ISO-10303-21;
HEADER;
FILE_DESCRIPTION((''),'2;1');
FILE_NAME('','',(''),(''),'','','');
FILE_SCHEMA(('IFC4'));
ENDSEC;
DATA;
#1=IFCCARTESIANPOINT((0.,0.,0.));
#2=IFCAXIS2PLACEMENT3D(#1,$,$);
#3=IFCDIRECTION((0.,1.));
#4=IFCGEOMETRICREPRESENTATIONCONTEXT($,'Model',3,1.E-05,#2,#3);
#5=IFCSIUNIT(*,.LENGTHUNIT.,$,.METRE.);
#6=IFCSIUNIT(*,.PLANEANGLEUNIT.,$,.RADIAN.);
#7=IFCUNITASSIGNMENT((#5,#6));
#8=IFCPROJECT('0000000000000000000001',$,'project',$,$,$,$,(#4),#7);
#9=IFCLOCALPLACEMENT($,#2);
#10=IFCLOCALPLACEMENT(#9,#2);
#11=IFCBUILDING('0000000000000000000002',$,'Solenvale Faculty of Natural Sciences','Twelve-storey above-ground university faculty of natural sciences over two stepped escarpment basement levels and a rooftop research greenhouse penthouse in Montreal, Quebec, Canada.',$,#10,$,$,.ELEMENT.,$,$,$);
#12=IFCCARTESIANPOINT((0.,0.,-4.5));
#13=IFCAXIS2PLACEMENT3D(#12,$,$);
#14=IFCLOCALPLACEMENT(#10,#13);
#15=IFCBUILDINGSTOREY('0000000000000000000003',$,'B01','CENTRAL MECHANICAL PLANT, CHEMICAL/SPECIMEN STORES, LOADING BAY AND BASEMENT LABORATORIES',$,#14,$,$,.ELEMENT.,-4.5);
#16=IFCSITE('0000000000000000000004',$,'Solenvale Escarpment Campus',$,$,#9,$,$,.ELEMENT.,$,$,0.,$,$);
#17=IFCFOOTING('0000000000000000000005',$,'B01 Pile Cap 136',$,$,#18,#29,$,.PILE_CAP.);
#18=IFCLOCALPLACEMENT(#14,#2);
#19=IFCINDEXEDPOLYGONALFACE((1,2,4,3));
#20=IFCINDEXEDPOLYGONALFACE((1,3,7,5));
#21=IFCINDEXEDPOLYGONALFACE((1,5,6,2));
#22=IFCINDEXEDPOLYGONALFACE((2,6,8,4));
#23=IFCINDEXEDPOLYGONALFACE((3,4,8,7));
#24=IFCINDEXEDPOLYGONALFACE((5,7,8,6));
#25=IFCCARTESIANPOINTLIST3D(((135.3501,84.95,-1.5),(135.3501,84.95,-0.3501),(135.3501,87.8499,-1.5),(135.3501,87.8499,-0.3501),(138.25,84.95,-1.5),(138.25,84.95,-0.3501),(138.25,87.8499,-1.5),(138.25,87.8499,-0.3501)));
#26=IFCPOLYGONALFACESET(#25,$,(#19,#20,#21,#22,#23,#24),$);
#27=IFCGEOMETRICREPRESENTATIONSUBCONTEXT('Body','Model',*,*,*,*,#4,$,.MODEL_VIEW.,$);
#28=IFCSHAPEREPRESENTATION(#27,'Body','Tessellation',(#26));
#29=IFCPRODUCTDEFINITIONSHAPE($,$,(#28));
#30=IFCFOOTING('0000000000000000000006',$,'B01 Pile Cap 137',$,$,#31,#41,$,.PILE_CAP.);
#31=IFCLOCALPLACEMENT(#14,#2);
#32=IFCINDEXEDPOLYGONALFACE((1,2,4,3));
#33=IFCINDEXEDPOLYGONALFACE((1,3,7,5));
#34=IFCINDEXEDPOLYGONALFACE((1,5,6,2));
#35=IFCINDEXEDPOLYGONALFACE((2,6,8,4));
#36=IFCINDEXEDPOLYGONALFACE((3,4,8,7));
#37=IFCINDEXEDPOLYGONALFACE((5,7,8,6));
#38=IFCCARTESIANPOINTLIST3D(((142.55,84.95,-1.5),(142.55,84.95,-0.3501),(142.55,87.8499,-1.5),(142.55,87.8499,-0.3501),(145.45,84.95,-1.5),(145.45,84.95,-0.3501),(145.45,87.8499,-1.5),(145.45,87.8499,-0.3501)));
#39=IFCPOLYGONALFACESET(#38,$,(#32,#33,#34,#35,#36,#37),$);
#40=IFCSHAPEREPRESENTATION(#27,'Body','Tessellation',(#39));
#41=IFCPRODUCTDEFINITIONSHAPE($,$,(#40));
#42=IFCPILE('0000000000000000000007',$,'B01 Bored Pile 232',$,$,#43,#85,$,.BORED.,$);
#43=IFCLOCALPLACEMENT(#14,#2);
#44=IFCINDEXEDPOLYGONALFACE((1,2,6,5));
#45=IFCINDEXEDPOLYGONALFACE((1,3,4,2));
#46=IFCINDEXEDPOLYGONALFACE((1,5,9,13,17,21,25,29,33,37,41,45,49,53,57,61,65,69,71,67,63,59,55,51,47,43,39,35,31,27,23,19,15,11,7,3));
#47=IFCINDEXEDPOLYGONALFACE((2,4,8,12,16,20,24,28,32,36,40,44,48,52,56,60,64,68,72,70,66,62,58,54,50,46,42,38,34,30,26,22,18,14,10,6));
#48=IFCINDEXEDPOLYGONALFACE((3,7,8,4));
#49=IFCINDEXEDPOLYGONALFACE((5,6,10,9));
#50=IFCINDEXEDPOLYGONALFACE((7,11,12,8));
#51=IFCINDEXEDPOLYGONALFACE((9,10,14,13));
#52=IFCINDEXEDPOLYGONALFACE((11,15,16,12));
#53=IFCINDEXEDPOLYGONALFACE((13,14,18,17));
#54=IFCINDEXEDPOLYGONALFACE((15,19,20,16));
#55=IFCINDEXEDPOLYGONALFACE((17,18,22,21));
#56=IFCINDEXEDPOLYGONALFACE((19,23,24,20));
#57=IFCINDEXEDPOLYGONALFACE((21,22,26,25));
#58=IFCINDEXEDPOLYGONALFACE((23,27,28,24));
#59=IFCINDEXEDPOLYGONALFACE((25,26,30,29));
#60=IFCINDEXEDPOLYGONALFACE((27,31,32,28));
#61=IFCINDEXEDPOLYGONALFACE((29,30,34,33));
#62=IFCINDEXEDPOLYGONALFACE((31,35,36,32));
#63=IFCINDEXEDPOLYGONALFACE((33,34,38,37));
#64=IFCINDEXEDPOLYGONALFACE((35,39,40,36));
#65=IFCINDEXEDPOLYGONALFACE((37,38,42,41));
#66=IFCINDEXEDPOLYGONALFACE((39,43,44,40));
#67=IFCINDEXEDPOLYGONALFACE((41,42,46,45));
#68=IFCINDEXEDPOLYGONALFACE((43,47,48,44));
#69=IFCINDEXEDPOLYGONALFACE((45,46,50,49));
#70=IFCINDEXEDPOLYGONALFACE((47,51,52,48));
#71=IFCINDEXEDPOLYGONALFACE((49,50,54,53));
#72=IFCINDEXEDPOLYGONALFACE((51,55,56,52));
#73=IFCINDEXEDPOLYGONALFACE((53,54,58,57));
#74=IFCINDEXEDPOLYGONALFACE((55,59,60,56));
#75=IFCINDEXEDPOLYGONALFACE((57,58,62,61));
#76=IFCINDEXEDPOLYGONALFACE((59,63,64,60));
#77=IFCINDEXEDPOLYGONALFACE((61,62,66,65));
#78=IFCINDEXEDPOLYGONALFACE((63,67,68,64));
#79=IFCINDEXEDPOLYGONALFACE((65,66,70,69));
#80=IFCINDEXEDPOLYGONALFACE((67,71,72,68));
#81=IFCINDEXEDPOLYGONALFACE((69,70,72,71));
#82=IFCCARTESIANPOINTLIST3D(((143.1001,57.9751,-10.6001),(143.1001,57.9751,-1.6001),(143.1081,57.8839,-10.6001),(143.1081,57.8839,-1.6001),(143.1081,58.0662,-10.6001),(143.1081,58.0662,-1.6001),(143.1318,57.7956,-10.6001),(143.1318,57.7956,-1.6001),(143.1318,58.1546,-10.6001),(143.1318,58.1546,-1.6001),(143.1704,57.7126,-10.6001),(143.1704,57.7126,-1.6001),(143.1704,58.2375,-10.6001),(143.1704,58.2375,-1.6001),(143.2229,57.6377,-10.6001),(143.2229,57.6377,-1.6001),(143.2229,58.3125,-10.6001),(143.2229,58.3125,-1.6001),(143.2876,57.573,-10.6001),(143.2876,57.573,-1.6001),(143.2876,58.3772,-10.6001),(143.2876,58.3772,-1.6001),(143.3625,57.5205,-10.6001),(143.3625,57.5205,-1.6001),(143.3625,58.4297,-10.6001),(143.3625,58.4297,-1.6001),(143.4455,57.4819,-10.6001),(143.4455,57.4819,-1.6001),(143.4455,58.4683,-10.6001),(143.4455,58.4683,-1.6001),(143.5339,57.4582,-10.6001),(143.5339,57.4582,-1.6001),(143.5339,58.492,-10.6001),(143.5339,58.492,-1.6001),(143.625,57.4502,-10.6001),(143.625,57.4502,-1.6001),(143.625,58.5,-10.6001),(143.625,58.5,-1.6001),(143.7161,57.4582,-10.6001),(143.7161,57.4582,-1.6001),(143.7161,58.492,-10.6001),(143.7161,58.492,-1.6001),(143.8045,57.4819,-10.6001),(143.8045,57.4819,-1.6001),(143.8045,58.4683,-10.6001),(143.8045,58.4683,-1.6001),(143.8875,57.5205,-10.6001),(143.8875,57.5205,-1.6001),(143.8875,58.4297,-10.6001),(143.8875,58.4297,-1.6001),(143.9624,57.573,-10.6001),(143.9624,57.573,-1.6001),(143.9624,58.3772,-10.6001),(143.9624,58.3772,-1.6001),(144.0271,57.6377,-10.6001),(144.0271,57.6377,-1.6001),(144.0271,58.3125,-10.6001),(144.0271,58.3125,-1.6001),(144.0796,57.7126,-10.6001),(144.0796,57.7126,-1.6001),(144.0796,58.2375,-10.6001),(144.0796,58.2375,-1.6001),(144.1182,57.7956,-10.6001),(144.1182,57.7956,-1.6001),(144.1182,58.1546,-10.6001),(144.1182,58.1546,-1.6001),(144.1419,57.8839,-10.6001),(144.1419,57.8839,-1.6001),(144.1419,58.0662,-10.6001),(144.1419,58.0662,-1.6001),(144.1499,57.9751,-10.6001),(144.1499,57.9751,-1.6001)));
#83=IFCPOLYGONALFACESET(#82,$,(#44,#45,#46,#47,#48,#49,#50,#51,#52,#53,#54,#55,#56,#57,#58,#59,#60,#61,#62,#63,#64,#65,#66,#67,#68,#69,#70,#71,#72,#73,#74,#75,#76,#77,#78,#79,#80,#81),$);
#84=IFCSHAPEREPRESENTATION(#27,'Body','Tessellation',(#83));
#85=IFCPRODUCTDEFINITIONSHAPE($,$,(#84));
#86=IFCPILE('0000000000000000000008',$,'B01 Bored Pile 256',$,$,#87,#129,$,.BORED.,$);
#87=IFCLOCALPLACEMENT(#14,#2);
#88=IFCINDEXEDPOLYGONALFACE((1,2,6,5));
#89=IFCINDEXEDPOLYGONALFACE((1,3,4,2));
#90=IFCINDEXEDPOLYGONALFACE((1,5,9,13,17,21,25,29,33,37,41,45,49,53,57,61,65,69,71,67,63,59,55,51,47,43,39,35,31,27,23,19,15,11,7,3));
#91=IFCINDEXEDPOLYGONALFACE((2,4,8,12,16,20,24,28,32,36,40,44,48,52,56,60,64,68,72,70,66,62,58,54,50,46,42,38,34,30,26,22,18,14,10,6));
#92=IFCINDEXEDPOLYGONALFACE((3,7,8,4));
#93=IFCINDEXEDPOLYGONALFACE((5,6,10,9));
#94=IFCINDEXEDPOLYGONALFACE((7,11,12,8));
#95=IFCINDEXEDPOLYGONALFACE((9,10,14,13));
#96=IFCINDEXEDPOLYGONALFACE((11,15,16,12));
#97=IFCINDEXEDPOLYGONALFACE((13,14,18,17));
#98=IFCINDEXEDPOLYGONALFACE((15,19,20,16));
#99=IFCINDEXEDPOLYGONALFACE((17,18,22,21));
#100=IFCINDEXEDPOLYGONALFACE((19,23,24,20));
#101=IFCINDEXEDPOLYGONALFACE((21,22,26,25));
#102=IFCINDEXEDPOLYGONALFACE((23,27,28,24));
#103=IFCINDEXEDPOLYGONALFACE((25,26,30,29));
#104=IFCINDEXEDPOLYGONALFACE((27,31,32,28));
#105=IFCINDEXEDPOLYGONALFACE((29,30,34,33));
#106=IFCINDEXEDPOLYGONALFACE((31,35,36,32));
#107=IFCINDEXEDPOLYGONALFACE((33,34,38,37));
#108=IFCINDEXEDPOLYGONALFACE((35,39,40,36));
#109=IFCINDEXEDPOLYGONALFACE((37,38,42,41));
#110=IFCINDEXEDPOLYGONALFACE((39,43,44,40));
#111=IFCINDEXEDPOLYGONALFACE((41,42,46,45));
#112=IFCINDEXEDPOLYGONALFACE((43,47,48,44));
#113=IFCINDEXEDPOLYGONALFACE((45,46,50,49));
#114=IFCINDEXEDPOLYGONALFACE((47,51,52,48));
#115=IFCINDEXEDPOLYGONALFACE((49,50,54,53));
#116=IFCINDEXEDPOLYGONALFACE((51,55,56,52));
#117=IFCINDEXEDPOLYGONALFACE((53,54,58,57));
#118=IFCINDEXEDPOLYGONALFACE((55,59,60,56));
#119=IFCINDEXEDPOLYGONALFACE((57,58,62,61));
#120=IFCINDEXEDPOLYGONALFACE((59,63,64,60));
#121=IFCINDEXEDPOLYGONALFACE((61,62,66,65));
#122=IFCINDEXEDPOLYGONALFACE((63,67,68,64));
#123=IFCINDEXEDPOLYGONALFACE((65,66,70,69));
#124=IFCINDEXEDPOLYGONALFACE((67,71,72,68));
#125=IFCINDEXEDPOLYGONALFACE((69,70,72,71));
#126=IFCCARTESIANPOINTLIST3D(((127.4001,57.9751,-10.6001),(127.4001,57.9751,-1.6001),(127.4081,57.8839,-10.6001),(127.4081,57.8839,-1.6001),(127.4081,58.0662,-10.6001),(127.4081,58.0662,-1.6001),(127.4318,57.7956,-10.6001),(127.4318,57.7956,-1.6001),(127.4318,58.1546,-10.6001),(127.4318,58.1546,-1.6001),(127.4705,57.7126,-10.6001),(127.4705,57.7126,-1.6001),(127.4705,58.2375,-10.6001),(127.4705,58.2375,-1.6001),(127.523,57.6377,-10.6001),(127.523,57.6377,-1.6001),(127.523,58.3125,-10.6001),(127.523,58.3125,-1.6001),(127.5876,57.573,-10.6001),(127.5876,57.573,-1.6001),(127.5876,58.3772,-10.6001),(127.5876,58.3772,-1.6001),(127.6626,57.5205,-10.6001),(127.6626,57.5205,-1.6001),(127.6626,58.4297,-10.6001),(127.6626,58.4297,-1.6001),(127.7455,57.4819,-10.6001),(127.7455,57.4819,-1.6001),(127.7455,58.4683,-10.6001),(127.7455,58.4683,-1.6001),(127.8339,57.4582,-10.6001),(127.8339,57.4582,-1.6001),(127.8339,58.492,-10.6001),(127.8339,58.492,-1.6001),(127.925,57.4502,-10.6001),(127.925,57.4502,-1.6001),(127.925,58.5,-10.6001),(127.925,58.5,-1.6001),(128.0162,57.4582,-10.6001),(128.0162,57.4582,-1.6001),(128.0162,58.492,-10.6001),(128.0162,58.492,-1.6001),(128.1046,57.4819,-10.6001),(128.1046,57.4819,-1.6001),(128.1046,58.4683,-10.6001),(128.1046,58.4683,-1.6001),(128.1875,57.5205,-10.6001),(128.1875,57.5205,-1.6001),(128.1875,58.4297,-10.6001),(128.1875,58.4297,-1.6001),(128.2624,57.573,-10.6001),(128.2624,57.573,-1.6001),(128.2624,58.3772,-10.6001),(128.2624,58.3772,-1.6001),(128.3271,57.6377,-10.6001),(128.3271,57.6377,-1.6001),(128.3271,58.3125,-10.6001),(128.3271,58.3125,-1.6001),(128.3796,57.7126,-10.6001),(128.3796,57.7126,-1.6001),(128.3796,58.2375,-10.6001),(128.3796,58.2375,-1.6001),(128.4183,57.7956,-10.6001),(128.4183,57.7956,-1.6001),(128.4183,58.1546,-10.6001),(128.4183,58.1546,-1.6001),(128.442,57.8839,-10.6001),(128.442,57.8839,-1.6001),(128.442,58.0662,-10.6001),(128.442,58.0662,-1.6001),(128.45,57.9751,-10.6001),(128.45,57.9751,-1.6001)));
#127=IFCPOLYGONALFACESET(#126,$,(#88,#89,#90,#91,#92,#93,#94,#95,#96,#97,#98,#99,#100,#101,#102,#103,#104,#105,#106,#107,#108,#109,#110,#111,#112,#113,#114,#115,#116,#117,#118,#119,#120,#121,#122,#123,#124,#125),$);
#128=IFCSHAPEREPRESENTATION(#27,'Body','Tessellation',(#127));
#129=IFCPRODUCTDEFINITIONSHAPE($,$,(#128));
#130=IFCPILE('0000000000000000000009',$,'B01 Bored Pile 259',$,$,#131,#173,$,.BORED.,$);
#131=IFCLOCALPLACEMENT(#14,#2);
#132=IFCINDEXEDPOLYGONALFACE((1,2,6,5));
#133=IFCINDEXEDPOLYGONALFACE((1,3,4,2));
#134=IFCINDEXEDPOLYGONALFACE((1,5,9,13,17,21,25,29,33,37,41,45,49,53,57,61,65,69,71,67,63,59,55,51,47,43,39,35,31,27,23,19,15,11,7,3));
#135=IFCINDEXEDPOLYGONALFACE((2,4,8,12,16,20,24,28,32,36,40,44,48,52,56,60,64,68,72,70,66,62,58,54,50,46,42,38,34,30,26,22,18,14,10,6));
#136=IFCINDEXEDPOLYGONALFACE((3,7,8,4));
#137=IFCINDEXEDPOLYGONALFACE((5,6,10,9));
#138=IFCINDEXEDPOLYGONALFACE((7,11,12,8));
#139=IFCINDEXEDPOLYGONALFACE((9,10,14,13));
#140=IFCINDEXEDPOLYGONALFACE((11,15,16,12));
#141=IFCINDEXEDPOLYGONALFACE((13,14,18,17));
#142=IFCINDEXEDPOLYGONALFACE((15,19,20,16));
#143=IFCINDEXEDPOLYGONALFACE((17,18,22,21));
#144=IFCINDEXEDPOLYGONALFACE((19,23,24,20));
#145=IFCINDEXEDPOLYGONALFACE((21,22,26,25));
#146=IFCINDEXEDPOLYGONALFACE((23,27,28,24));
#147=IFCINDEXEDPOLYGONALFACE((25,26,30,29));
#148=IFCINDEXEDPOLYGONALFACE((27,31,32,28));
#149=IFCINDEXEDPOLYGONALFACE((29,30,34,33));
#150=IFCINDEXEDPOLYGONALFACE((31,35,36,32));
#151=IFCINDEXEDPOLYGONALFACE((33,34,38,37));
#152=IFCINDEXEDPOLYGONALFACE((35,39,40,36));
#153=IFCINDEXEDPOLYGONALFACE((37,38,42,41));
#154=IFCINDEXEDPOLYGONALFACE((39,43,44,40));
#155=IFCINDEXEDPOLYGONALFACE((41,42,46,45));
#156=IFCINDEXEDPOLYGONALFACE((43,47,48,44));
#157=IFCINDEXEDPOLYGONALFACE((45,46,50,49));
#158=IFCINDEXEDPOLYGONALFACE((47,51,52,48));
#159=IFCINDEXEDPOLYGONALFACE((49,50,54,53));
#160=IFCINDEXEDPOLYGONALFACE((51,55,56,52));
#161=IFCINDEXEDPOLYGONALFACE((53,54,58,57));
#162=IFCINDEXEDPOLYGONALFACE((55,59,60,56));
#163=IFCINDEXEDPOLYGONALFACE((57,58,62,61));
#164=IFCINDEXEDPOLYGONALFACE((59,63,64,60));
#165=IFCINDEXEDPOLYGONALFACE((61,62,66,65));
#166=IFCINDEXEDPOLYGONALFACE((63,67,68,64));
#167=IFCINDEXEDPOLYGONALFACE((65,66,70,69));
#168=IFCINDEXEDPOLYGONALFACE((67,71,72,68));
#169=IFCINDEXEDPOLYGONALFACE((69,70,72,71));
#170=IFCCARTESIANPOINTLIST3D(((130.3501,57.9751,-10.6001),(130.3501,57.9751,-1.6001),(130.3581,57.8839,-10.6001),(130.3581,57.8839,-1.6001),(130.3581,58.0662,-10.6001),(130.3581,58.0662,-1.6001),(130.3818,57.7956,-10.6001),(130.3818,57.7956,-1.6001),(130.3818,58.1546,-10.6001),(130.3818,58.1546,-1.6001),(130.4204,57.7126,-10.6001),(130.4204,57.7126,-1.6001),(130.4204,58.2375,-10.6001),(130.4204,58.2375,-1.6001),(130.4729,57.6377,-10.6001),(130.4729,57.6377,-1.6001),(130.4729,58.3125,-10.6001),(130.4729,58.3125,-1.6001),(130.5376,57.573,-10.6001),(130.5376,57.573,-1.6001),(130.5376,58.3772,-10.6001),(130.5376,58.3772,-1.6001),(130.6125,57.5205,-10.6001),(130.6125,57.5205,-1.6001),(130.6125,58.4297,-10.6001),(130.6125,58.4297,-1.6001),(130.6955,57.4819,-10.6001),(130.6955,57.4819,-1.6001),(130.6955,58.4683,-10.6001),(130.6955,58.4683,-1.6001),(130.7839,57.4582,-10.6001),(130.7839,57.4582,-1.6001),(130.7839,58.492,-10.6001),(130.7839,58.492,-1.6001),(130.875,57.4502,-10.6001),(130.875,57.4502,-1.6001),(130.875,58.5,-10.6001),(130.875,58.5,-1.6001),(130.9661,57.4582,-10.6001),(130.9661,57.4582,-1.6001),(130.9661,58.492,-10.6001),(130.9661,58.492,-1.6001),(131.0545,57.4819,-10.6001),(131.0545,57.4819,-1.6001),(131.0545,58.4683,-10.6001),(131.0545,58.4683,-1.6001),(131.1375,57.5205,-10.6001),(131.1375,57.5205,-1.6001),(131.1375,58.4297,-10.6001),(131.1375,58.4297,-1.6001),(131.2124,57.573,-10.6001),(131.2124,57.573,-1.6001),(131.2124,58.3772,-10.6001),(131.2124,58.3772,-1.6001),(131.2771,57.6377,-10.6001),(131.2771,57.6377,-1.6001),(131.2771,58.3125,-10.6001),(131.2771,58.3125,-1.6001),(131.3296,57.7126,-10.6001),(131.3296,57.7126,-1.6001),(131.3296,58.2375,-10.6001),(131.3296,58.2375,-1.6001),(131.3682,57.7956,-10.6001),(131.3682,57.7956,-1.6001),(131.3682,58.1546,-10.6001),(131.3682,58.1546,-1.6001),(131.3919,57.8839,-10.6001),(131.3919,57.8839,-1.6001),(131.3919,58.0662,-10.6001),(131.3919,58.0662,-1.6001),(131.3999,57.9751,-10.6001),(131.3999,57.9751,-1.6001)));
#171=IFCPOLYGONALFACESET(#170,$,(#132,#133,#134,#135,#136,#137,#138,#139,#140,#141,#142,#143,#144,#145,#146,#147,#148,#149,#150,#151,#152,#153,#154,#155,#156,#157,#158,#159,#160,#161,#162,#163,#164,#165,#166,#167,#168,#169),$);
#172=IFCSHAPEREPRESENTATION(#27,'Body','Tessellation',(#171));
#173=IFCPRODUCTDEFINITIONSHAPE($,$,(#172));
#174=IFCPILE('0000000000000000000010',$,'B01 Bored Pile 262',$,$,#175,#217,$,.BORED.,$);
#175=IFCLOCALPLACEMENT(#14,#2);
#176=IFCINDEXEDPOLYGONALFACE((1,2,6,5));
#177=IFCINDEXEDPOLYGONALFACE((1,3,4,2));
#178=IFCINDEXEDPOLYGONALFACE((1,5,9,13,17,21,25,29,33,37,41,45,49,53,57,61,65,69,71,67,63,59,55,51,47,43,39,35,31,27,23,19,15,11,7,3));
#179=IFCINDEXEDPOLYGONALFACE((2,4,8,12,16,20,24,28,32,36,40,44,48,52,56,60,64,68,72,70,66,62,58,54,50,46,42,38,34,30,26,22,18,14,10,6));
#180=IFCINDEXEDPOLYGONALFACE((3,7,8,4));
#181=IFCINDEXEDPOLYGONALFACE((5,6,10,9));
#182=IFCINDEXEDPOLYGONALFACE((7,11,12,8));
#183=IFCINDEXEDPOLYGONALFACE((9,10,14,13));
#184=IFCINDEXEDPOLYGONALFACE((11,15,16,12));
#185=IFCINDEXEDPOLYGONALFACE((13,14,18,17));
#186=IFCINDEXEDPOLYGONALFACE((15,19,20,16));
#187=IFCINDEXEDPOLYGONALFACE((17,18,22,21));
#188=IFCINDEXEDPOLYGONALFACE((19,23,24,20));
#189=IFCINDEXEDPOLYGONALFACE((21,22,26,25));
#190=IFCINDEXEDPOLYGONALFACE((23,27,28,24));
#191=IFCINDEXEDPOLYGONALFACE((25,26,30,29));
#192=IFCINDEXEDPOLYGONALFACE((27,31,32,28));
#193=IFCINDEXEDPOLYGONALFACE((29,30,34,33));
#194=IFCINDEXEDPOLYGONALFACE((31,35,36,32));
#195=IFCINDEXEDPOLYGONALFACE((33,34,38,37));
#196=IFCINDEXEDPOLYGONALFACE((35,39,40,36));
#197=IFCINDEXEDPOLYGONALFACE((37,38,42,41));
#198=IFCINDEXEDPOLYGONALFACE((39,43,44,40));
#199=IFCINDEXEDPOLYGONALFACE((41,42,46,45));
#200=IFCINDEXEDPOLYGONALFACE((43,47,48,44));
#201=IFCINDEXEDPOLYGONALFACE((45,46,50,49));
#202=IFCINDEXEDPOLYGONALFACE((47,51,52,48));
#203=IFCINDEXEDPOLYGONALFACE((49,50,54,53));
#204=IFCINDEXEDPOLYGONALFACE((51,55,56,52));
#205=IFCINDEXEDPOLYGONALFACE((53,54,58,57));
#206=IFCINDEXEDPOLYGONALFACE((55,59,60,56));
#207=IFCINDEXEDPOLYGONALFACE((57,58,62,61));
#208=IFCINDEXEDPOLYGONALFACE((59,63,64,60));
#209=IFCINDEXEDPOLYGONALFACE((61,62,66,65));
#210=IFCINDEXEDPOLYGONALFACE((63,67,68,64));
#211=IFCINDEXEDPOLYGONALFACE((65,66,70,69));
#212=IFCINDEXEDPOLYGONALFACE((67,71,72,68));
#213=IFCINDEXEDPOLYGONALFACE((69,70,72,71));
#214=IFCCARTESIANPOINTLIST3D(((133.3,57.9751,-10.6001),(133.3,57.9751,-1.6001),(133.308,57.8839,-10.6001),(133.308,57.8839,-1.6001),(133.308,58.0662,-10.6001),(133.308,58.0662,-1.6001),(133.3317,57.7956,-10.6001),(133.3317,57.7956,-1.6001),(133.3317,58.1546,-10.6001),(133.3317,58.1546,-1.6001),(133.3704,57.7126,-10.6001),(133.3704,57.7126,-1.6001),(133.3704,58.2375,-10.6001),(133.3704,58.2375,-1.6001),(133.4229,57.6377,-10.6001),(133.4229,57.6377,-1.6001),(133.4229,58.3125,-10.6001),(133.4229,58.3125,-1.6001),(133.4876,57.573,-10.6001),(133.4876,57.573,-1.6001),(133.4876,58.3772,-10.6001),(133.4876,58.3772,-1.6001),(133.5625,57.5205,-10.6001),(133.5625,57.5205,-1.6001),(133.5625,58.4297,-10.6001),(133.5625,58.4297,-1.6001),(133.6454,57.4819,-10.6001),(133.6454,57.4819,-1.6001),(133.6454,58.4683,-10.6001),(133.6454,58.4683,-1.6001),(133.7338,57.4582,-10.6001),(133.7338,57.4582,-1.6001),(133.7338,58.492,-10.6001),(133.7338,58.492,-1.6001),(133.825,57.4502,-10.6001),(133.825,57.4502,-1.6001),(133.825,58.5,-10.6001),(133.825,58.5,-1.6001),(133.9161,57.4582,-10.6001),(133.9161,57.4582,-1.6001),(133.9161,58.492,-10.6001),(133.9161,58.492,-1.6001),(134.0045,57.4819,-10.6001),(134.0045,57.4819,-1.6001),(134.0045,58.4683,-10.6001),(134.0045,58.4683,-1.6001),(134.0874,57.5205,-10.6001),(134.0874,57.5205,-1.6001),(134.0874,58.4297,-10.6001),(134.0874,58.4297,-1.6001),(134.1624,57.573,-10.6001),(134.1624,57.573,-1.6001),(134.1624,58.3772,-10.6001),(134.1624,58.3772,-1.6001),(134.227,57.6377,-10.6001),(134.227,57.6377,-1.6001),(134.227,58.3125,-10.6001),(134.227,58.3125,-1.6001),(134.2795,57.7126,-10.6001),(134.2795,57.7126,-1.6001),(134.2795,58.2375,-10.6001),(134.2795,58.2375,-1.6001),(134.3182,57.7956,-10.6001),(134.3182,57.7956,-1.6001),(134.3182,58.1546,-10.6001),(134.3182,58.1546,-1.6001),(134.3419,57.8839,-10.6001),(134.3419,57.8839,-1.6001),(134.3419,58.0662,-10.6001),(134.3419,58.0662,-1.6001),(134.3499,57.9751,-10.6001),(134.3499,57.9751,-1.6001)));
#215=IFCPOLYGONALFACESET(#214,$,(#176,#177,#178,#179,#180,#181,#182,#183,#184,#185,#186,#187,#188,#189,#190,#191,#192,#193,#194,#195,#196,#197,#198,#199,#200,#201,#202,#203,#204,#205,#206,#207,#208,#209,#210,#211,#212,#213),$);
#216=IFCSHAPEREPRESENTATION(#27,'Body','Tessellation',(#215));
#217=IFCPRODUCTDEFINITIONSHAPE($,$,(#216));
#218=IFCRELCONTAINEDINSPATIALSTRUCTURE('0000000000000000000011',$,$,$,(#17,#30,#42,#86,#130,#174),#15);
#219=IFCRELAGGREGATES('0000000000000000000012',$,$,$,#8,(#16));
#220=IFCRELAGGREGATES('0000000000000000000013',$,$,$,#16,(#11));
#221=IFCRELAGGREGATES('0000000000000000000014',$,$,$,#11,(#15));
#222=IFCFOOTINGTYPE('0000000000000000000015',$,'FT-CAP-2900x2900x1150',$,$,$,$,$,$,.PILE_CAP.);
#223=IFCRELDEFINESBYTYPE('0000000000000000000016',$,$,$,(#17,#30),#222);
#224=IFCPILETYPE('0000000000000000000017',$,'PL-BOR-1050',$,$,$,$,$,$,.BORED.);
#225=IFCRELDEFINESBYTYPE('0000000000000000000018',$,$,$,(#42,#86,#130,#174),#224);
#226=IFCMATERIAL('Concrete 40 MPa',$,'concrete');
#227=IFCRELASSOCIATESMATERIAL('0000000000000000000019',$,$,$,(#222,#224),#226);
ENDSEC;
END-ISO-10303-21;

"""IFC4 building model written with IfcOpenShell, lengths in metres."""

from ifc_helpers import new_model, si_unit, direction, frame, origin, origin_2d, place, context, subcontext, project, spatial, rectangle, circle, extrude, material, material_profile, profile_set, type_object, element, save


model = new_model("IFC4")

# Units and contexts
model_context = context("Model", 3, precision=1e-05, world=origin(), true_north=direction((0.0, 1.0)))
body_context = subcontext(model_context, "Body", "Model", "MODEL_VIEW")
ifc_project = project(units=[si_unit("LENGTHUNIT", "METRE"), si_unit("PLANEANGLEUNIT", "RADIAN")], contexts=[model_context])

# Site, building, storey
site_placement = place(None, origin())
site = spatial("IfcSite", under=ifc_project, at=site_placement, Name="Solenvale Escarpment Campus", CompositionType="ELEMENT", RefElevation=0.0)
building_placement = place(site_placement, origin())
building = spatial("IfcBuilding", under=site, at=building_placement, Name="Solenvale Faculty of Natural Sciences", Description="Twelve-storey above-ground university faculty of natural sciences over two stepped escarpment basement levels and a rooftop research greenhouse penthouse in Montreal, Quebec, Canada.", CompositionType="ELEMENT")
storey_placement = place(building_placement, frame((0.0, 0.0, -4.5)))
storey = spatial("IfcBuildingStorey", under=building, at=storey_placement, Name="B01", Description="CENTRAL MECHANICAL PLANT, CHEMICAL/SPECIMEN STORES, LOADING BAY AND BASEMENT LABORATORIES", CompositionType="ELEMENT", Elevation=-4.5)

# Footings
ifc_material_1 = material(Name="Concrete 40 MPa", Category="concrete")
footing_type = type_object("IfcFootingType", Name="FT-CAP-2900x2900x1150", PredefinedType="PILE_CAP", material=ifc_material_1)
for number, where, z_axis, x_axis, name in (
    (1, (136.8, 86.3999, -1.5), (0.0, 0.0, 1.0), (1.0, 0.0, 0.0), "B01 Pile Cap 136"),
    (2, (144.0, 86.3999, -1.5), (0.0, 0.0, 1.0), (1.0, 0.0, 0.0), "B01 Pile Cap 137"),
):
    element("IfcFooting", number, at=place(storey_placement, frame(where, z_axis=z_axis, x_axis=x_axis)), inside=storey, type_object=footing_type, Name=name, PredefinedType="PILE_CAP", context=body_context, shape_type="SweptSolid", body=[
        extrude(rectangle(XDim=2.8999, YDim=2.8999, at=origin_2d()), origin(), (0.0, 0.0, 1.0), 1.1499),
    ])

# Piles
ifc_material_profile_1 = material_profile(ifc_material_1, circle(Radius=0.5249, at=origin_2d()), Name="PILE-D1050")
ifc_profile_set_1 = profile_set([ifc_material_profile_1], Name="Concrete 40 MPa")
pile_type_1 = type_object("IfcPileType", Name="PL-BOR-1050", PredefinedType="BORED", material=ifc_profile_set_1)
for number, where, z_axis, x_axis, name in (
    (3, (143.625, 57.9751, -1.6001), (0.0, 0.0, -1.0), (1.0, 0.0, 0.0), "B01 Bored Pile 232"),
    (4, (127.925, 57.9751, -1.6001), (0.0, 0.0, -1.0), (1.0, 0.0, 0.0), "B01 Bored Pile 256"),
    (5, (130.875, 57.9751, -1.6001), (0.0, 0.0, -1.0), (1.0, 0.0, 0.0), "B01 Bored Pile 259"),
    (6, (133.825, 57.9751, -1.6001), (0.0, 0.0, -1.0), (1.0, 0.0, 0.0), "B01 Bored Pile 262"),
):
    element("IfcPile", number, at=place(storey_placement, frame(where, z_axis=z_axis, x_axis=x_axis)), inside=storey, type_object=pile_type_1, Name=name, PredefinedType="BORED", context=body_context, shape_type="SweptSolid", body=[
        extrude(circle(Radius=0.5249, at=origin_2d()), origin(), (0.0, 0.0, 1.0), 9.0),
    ])

save(model, "model.ifc")
